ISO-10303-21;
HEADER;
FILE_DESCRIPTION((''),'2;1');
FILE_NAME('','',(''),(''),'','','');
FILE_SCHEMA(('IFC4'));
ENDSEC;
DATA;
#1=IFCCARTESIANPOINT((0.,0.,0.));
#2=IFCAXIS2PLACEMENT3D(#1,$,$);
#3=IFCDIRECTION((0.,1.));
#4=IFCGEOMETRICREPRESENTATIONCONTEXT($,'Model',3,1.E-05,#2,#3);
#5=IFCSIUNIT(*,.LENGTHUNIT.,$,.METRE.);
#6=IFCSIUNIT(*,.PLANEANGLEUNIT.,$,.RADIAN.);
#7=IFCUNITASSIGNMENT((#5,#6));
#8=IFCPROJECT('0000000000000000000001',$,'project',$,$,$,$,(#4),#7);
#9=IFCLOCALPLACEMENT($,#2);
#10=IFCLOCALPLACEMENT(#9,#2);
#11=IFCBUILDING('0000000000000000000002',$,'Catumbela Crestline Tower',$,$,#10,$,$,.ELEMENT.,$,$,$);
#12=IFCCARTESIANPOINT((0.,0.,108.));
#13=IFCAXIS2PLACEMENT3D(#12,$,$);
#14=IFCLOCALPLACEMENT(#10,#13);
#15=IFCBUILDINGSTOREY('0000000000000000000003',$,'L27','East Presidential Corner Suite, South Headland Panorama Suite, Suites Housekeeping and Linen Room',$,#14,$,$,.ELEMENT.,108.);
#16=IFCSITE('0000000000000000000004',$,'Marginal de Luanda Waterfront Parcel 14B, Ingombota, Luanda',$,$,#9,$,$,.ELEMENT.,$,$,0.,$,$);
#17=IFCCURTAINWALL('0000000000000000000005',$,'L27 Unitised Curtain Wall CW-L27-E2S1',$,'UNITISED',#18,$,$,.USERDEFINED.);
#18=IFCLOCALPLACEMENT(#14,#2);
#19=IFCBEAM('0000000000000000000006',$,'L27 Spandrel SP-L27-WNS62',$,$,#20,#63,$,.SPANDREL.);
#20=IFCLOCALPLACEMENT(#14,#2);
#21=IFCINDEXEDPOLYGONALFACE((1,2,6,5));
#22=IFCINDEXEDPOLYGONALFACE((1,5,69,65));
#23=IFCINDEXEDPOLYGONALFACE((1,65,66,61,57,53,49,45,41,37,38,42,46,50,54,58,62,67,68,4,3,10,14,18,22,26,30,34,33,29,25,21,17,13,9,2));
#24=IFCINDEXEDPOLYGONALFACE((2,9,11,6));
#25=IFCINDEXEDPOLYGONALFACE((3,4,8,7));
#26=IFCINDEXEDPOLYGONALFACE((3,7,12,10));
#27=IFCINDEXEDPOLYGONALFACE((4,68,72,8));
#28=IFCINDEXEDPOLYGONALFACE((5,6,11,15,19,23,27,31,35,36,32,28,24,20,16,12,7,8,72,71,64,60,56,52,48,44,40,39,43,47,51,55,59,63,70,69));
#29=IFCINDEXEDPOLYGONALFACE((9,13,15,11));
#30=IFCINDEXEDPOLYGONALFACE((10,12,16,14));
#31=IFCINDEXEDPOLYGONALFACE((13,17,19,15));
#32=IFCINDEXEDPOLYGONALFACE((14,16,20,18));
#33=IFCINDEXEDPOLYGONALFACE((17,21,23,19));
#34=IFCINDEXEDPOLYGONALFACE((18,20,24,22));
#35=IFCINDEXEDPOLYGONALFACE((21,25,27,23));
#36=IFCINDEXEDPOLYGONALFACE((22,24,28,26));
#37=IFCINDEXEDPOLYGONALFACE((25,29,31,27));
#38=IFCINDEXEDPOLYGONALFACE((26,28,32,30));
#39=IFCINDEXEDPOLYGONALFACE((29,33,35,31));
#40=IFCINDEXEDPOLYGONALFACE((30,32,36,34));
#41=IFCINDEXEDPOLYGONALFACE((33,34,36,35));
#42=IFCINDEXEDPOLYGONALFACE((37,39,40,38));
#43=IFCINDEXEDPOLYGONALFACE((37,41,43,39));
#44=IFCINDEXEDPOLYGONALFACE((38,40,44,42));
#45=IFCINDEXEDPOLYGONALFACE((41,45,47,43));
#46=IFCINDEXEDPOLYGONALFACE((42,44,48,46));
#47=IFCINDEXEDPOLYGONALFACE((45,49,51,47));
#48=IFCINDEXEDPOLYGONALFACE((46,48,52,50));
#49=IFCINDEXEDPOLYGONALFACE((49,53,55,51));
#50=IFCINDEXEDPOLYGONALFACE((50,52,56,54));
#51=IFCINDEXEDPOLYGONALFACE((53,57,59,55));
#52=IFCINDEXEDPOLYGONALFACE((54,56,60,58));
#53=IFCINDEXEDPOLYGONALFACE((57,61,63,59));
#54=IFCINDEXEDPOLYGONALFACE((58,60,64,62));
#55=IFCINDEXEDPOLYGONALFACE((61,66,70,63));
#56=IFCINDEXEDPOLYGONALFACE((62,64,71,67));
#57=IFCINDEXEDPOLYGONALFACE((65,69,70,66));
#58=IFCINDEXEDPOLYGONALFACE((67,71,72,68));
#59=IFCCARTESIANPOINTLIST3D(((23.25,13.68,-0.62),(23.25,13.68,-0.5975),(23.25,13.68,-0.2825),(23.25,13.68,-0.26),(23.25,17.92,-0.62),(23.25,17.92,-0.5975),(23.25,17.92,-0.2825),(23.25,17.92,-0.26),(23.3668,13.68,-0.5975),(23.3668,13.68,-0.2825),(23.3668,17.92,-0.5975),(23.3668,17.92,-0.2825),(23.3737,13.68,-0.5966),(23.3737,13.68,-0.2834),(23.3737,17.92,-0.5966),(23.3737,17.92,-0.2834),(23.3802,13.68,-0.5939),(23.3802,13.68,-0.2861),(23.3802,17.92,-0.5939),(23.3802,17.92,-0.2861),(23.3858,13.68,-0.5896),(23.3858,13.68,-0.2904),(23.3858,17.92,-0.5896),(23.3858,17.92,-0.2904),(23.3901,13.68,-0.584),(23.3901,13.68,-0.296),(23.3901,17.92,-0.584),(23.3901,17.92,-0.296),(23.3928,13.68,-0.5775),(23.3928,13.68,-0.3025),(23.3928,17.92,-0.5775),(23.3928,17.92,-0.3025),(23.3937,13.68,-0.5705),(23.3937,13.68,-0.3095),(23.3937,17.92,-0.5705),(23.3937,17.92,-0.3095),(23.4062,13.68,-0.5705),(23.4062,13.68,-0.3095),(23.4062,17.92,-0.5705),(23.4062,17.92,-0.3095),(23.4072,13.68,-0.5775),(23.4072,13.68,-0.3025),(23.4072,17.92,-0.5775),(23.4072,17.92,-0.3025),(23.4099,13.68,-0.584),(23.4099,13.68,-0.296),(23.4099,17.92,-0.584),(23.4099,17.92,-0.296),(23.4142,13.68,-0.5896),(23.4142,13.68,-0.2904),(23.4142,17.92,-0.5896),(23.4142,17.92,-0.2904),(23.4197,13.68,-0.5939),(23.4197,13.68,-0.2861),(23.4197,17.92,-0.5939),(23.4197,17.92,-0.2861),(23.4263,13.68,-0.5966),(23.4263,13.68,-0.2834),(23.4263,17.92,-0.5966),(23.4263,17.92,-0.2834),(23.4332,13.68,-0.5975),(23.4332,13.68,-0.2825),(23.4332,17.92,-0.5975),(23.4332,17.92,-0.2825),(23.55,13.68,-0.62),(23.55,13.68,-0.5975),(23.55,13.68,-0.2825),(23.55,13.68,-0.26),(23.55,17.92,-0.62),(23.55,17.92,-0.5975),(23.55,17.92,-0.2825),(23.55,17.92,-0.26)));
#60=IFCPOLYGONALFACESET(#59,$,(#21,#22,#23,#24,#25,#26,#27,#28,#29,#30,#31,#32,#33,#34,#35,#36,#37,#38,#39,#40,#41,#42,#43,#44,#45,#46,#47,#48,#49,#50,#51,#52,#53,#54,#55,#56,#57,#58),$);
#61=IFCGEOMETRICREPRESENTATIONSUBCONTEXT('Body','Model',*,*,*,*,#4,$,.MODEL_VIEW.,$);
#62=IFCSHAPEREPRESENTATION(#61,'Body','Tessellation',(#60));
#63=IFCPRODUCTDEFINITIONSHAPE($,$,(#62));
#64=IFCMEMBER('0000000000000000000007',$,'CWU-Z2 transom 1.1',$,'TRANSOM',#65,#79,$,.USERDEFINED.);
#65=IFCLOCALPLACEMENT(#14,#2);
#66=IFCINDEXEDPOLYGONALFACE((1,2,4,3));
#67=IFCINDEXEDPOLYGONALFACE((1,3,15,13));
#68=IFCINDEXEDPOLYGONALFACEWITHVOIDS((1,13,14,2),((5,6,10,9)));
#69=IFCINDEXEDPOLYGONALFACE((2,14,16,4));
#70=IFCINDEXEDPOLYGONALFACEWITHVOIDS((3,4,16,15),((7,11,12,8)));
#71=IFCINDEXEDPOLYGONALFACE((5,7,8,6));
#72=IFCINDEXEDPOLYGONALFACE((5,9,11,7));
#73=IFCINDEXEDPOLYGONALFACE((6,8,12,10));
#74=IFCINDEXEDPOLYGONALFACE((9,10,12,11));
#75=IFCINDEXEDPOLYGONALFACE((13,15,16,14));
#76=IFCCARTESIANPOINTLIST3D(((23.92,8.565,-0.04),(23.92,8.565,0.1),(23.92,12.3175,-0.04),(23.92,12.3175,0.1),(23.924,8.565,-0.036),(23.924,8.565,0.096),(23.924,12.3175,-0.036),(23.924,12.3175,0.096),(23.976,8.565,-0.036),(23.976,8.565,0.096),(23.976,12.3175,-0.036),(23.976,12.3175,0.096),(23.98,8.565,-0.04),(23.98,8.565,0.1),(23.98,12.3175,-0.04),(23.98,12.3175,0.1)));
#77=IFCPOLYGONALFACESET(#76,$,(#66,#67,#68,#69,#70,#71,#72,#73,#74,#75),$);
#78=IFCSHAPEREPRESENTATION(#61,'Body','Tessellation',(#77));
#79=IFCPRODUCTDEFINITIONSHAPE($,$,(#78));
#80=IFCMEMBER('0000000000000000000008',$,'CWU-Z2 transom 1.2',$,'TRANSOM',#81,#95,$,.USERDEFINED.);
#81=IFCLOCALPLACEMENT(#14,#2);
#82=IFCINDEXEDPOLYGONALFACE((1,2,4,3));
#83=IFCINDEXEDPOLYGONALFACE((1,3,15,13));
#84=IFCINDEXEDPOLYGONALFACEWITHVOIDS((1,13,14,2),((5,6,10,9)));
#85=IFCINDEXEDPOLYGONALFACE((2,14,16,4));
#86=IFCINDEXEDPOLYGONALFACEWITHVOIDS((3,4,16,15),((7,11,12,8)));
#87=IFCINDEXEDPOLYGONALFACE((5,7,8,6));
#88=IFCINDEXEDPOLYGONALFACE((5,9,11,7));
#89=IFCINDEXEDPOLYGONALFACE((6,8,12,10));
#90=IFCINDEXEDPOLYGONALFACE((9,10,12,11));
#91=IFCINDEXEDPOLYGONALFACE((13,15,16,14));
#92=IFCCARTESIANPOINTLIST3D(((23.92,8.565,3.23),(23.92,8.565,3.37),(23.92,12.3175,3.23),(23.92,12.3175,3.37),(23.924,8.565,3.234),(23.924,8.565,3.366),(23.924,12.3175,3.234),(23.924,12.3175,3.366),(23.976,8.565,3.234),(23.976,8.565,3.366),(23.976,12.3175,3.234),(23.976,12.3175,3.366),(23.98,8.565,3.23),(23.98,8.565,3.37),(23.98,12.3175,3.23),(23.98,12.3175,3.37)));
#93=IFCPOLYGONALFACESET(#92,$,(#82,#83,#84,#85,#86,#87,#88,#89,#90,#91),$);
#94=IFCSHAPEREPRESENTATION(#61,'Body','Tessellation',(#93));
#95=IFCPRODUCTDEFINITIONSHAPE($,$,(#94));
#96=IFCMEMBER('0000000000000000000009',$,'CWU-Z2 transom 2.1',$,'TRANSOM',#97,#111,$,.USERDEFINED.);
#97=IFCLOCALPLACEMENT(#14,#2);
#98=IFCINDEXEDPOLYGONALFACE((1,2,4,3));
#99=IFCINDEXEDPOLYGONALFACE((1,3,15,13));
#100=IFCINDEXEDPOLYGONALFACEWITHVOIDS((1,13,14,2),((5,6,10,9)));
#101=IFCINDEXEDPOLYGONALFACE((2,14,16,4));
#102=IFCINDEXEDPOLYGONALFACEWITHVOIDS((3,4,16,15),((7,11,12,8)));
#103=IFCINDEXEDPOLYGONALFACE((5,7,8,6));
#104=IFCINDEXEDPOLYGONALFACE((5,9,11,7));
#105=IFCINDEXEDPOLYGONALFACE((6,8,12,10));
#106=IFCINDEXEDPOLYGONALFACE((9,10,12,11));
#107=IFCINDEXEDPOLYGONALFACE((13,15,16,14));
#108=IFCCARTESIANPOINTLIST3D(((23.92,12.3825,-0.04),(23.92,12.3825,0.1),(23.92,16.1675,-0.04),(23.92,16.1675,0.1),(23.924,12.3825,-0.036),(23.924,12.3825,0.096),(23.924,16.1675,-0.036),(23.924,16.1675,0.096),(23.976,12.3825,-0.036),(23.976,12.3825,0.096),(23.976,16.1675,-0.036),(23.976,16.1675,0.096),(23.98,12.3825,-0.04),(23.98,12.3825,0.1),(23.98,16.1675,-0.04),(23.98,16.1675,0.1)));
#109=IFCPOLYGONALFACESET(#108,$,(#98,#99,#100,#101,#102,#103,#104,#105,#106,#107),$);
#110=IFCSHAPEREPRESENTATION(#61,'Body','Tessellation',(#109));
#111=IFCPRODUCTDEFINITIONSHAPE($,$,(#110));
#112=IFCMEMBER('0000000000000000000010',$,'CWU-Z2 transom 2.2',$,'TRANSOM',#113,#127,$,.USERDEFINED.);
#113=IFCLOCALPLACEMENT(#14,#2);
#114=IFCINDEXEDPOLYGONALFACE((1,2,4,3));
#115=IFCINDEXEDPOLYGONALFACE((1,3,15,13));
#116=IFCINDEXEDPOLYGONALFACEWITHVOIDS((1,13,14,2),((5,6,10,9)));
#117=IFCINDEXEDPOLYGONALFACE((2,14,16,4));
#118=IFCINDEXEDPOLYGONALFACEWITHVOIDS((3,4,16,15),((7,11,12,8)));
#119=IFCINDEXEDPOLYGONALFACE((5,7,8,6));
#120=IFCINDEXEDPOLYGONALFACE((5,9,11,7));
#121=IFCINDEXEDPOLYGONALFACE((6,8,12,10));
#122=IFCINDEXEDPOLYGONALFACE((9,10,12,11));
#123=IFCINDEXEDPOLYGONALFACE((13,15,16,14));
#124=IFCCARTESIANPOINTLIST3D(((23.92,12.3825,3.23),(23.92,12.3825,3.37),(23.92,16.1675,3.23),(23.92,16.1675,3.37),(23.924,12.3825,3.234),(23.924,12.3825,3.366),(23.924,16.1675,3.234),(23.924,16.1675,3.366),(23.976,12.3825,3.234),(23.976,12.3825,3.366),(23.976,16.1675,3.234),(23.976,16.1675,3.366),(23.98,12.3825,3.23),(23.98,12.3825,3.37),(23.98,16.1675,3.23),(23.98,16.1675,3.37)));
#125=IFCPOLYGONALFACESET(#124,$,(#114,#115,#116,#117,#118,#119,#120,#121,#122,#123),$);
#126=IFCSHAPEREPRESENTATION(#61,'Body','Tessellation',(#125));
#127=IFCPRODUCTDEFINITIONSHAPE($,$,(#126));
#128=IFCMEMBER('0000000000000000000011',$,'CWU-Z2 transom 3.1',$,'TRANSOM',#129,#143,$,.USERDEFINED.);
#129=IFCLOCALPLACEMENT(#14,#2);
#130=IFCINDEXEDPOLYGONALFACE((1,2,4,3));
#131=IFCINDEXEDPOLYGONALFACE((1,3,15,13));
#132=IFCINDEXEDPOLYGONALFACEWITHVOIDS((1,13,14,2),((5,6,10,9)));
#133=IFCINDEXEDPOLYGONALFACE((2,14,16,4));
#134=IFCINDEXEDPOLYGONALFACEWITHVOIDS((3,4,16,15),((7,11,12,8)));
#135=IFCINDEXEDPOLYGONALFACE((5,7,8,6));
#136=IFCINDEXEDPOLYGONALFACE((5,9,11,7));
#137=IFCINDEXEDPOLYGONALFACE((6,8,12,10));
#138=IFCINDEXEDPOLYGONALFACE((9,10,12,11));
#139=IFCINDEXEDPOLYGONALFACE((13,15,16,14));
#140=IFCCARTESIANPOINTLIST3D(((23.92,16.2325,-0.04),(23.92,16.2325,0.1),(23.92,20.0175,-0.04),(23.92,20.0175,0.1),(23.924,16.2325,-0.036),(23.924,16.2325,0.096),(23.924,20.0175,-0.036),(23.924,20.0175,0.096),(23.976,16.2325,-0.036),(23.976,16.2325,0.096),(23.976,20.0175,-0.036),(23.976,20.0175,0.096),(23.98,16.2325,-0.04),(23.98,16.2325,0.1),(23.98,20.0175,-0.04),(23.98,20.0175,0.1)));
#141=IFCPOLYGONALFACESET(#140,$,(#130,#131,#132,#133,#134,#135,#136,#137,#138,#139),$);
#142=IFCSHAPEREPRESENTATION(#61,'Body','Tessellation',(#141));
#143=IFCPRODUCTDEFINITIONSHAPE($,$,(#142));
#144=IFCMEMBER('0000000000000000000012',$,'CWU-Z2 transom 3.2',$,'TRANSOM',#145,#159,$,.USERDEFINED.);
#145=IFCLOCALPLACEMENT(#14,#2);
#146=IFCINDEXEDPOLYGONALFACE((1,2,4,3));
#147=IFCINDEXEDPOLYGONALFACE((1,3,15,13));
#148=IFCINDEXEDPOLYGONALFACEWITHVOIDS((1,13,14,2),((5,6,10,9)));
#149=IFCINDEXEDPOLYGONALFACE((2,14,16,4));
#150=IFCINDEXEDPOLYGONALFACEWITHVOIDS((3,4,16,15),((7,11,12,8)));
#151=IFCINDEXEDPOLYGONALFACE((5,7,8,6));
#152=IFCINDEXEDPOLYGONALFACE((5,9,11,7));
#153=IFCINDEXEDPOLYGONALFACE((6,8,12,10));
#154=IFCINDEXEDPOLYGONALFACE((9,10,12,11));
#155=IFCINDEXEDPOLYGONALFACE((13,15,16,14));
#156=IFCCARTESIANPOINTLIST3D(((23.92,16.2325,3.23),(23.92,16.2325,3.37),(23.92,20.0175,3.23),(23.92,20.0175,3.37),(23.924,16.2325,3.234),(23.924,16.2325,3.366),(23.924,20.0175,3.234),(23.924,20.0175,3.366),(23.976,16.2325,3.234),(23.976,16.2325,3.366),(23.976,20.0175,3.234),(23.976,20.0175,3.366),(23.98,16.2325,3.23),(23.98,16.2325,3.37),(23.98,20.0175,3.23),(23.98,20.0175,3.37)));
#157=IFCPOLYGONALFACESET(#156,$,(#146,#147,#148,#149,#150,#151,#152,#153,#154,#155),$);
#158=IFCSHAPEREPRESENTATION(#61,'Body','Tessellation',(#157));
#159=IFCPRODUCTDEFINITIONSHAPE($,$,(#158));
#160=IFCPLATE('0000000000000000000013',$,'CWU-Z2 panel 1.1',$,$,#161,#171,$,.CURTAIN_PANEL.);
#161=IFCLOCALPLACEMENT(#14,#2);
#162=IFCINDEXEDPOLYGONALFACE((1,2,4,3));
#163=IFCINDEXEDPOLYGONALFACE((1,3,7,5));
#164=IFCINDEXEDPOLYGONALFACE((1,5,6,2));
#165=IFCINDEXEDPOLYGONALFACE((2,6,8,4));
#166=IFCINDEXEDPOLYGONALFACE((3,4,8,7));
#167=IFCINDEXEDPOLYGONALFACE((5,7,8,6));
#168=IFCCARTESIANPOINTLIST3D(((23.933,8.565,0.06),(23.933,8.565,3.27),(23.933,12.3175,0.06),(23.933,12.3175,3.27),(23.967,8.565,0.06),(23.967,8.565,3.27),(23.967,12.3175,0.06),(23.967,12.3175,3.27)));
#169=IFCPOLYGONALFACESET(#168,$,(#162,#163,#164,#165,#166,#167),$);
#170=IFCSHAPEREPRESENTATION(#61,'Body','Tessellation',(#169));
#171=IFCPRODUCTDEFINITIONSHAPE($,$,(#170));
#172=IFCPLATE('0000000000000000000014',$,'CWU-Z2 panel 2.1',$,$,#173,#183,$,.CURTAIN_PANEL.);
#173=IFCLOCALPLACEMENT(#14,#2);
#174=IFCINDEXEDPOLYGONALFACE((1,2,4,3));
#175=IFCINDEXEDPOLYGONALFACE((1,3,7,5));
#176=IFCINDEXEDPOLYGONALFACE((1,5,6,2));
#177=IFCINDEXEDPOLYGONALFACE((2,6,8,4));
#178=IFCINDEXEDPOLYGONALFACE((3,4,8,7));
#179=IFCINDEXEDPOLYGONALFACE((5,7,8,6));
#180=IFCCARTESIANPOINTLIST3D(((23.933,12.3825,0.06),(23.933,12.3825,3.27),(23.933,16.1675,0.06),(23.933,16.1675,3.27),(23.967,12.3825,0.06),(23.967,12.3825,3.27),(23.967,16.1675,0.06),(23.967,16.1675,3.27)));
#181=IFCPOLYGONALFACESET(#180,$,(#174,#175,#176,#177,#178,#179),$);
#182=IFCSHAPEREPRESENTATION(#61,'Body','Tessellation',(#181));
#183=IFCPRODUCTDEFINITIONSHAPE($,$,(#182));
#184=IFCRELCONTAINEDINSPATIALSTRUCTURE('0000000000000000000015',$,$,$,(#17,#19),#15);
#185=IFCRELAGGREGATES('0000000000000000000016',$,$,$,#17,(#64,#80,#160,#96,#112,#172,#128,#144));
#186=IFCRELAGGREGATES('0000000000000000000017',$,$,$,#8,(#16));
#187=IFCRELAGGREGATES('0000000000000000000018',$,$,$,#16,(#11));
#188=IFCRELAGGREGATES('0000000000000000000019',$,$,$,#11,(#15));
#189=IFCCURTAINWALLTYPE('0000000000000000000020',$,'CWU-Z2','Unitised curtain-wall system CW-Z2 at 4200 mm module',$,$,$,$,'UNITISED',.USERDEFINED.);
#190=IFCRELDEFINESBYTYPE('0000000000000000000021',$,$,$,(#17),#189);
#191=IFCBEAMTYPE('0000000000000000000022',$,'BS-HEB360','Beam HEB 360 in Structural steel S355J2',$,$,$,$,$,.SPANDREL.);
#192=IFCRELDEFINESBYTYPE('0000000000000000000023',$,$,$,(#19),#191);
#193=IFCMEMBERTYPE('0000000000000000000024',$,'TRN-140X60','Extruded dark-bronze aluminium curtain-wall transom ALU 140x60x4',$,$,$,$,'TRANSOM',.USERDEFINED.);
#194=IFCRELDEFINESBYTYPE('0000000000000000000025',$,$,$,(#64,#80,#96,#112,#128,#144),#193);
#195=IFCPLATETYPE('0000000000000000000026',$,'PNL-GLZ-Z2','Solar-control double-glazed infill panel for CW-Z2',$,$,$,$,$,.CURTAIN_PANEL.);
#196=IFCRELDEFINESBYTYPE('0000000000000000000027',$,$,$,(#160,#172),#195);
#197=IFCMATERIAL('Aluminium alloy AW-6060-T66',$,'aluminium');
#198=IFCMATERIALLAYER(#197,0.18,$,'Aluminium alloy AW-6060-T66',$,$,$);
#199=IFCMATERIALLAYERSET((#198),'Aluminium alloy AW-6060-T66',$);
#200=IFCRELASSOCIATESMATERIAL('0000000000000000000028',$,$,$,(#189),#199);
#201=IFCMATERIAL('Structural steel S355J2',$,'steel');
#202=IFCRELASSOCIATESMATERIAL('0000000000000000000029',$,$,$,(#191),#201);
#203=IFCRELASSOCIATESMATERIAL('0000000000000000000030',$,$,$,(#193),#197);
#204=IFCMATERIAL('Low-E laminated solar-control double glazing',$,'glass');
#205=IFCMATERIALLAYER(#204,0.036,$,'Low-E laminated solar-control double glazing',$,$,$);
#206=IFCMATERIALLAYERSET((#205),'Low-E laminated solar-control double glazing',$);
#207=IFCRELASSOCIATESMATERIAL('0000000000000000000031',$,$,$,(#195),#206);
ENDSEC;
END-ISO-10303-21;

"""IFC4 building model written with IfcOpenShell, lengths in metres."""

from ifc_helpers import new_model, si_unit, direction, frame, origin, origin_2d, place, context, subcontext, project, spatial, rectangle, hollow_rectangle, i_section, extrude, material, layer, layer_set, material_profile, profile_set, type_object, element, aggregate, save


model = new_model("IFC4")

# Units and contexts
model_context = context("Model", 3, precision=1e-05, world=origin(), true_north=direction((0.0, 1.0)))
body_context = subcontext(model_context, "Body", "Model", "MODEL_VIEW")
ifc_project = project(units=[si_unit("LENGTHUNIT", "METRE"), si_unit("PLANEANGLEUNIT", "RADIAN")], contexts=[model_context])

# Site, building, storey
site_placement = place(None, origin())
site = spatial("IfcSite", under=ifc_project, at=site_placement, Name="Marginal de Luanda Waterfront Parcel 14B, Ingombota, Luanda", CompositionType="ELEMENT", RefElevation=0.0)
building_placement = place(site_placement, origin())
building = spatial("IfcBuilding", under=site, at=building_placement, Name="Catumbela Crestline Tower", CompositionType="ELEMENT")
storey_placement = place(building_placement, frame((0.0, 0.0, 108.0)))
storey = spatial("IfcBuildingStorey", under=building, at=storey_placement, Name="L27", Description="East Presidential Corner Suite, South Headland Panorama Suite, Suites Housekeeping and Linen Room", CompositionType="ELEMENT", Elevation=108.0)

# Shared definitions
ifc_material_1 = material(Name="Structural steel S355J2", Category="steel")

# Shared definitions
ifc_material_2 = material(Name="Aluminium alloy AW-6060-T66", Category="aluminium")
ifc_layer_1 = layer(ifc_material_2, 0.18, Name="Aluminium alloy AW-6060-T66")
ifc_layer_set_1 = layer_set([ifc_layer_1], Name="Aluminium alloy AW-6060-T66")
curtain_wall_type = type_object("IfcCurtainWallType", Name="CWU-Z2", Description="Unitised curtain-wall system CW-Z2 at 4200 mm module", ElementType="UNITISED", PredefinedType="USERDEFINED", material=ifc_layer_set_1)

# Curtain wall
curtain_wall_1_placement = place(storey_placement, origin())
curtain_wall_1 = element("IfcCurtainWall", 1, at=curtain_wall_1_placement, inside=storey, type_object=curtain_wall_type, Name="L27 Unitised Curtain Wall CW-L27-E2S1", ObjectType="UNITISED", PredefinedType="USERDEFINED")

# Beam
ifc_material_profile_1 = material_profile(ifc_material_1, i_section(OverallWidth=0.3, OverallDepth=0.36, WebThickness=0.0125, FlangeThickness=0.0225, FilletRadius=0.027, at=origin_2d()), Name="HEB 360")
ifc_profile_set_1 = profile_set([ifc_material_profile_1], Name="Structural steel S355J2")
beam_type_1 = type_object("IfcBeamType", Name="BS-HEB360", Description="Beam HEB 360 in Structural steel S355J2", PredefinedType="SPANDREL", material=ifc_profile_set_1)
beam_1_placement = place(storey_placement, frame((23.4, 13.68, -0.44), z_axis=(0.0, 1.0, 0.0), x_axis=(-1.0, 0.0, 0.0)))
element("IfcBeam", 2, at=beam_1_placement, inside=storey, type_object=beam_type_1, Name="L27 Spandrel SP-L27-WNS62", PredefinedType="SPANDREL", context=body_context, shape_type="SweptSolid", body=[
    extrude(i_section(OverallWidth=0.3, OverallDepth=0.36, WebThickness=0.0125, FlangeThickness=0.0225, FilletRadius=0.027, at=origin_2d()), origin(), (0.0, 0.0, 1.0), 4.24),
])

# Members
ifc_material_profile_2 = material_profile(ifc_material_2, hollow_rectangle(XDim=0.06, YDim=0.14, WallThickness=0.004, at=origin_2d()), Name="ALU 140x60x4")
ifc_profile_set_2 = profile_set([ifc_material_profile_2], Name="Aluminium alloy AW-6060-T66")
member_type_1 = type_object("IfcMemberType", Name="TRN-140X60", Description="Extruded dark-bronze aluminium curtain-wall transom ALU 140x60x4", ElementType="TRANSOM", PredefinedType="USERDEFINED", material=ifc_profile_set_2)
member_1_placement = place(storey_placement, frame((23.95, 8.565, 0.03), z_axis=(0.0, 1.0, 0.0), x_axis=(-1.0, 0.0, 0.0)))
member_1 = element("IfcMember", 3, at=member_1_placement, type_object=member_type_1, Name="CWU-Z2 transom 1.1", ObjectType="TRANSOM", PredefinedType="USERDEFINED", context=body_context, shape_type="SweptSolid", body=[
    extrude(hollow_rectangle(XDim=0.06, YDim=0.14, WallThickness=0.004, at=origin_2d()), origin(), (0.0, 0.0, 1.0), 3.7525),
])
member_2_placement = place(storey_placement, frame((23.95, 8.565, 3.3), z_axis=(0.0, 1.0, 0.0), x_axis=(-1.0, 0.0, 0.0)))
member_2 = element("IfcMember", 4, at=member_2_placement, type_object=member_type_1, Name="CWU-Z2 transom 1.2", ObjectType="TRANSOM", PredefinedType="USERDEFINED", context=body_context, shape_type="SweptSolid", body=[
    extrude(hollow_rectangle(XDim=0.06, YDim=0.14, WallThickness=0.004, at=origin_2d()), origin(), (0.0, 0.0, 1.0), 3.7525),
])
member_3_placement = place(storey_placement, frame((23.95, 12.3825, 0.03), z_axis=(0.0, 1.0, 0.0), x_axis=(-1.0, 0.0, 0.0)))
member_3 = element("IfcMember", 5, at=member_3_placement, type_object=member_type_1, Name="CWU-Z2 transom 2.1", ObjectType="TRANSOM", PredefinedType="USERDEFINED", context=body_context, shape_type="SweptSolid", body=[
    extrude(hollow_rectangle(XDim=0.06, YDim=0.14, WallThickness=0.004, at=origin_2d()), origin(), (0.0, 0.0, 1.0), 3.785),
])
member_4_placement = place(storey_placement, frame((23.95, 12.3825, 3.3), z_axis=(0.0, 1.0, 0.0), x_axis=(-1.0, 0.0, 0.0)))
member_4 = element("IfcMember", 6, at=member_4_placement, type_object=member_type_1, Name="CWU-Z2 transom 2.2", ObjectType="TRANSOM", PredefinedType="USERDEFINED", context=body_context, shape_type="SweptSolid", body=[
    extrude(hollow_rectangle(XDim=0.06, YDim=0.14, WallThickness=0.004, at=origin_2d()), origin(), (0.0, 0.0, 1.0), 3.785),
])
member_5_placement = place(storey_placement, frame((23.95, 16.2325, 0.03), z_axis=(0.0, 1.0, 0.0), x_axis=(-1.0, 0.0, 0.0)))
member_5 = element("IfcMember", 7, at=member_5_placement, type_object=member_type_1, Name="CWU-Z2 transom 3.1", ObjectType="TRANSOM", PredefinedType="USERDEFINED", context=body_context, shape_type="SweptSolid", body=[
    extrude(hollow_rectangle(XDim=0.06, YDim=0.14, WallThickness=0.004, at=origin_2d()), origin(), (0.0, 0.0, 1.0), 3.785),
])
member_6_placement = place(storey_placement, frame((23.95, 16.2325, 3.3), z_axis=(0.0, 1.0, 0.0), x_axis=(-1.0, 0.0, 0.0)))
member_6 = element("IfcMember", 8, at=member_6_placement, type_object=member_type_1, Name="CWU-Z2 transom 3.2", ObjectType="TRANSOM", PredefinedType="USERDEFINED", context=body_context, shape_type="SweptSolid", body=[
    extrude(hollow_rectangle(XDim=0.06, YDim=0.14, WallThickness=0.004, at=origin_2d()), origin(), (0.0, 0.0, 1.0), 3.785),
])

# Plates
ifc_material_3 = material(Name="Low-E laminated solar-control double glazing", Category="glass")
ifc_layer_2 = layer(ifc_material_3, 0.036, Name="Low-E laminated solar-control double glazing")
ifc_layer_set_2 = layer_set([ifc_layer_2], Name="Low-E laminated solar-control double glazing")
plate_type = type_object("IfcPlateType", Name="PNL-GLZ-Z2", Description="Solar-control double-glazed infill panel for CW-Z2", PredefinedType="CURTAIN_PANEL", material=ifc_layer_set_2)
plate_1_placement = place(storey_placement, frame((23.95, 10.4412, 0.06), z_axis=(0.0, 0.0, 1.0), x_axis=(0.0, 1.0, 0.0)))
plate_1 = element("IfcPlate", 9, at=plate_1_placement, type_object=plate_type, Name="CWU-Z2 panel 1.1", PredefinedType="CURTAIN_PANEL", context=body_context, shape_type="SweptSolid", body=[
    extrude(rectangle(XDim=3.7525, YDim=0.034, at=origin_2d()), origin(), (0.0, 0.0, 1.0), 3.21),
])
plate_2_placement = place(storey_placement, frame((23.95, 14.275, 0.06), z_axis=(0.0, 0.0, 1.0), x_axis=(0.0, 1.0, 0.0)))
plate_2 = element("IfcPlate", 10, at=plate_2_placement, type_object=plate_type, Name="CWU-Z2 panel 2.1", PredefinedType="CURTAIN_PANEL", context=body_context, shape_type="SweptSolid", body=[
    extrude(rectangle(XDim=3.785, YDim=0.034, at=origin_2d()), origin(), (0.0, 0.0, 1.0), 3.21),
])
aggregate(curtain_wall_1, [member_1, member_2, plate_1, member_3, member_4, plate_2, member_5, member_6])

save(model, "model.ifc")
